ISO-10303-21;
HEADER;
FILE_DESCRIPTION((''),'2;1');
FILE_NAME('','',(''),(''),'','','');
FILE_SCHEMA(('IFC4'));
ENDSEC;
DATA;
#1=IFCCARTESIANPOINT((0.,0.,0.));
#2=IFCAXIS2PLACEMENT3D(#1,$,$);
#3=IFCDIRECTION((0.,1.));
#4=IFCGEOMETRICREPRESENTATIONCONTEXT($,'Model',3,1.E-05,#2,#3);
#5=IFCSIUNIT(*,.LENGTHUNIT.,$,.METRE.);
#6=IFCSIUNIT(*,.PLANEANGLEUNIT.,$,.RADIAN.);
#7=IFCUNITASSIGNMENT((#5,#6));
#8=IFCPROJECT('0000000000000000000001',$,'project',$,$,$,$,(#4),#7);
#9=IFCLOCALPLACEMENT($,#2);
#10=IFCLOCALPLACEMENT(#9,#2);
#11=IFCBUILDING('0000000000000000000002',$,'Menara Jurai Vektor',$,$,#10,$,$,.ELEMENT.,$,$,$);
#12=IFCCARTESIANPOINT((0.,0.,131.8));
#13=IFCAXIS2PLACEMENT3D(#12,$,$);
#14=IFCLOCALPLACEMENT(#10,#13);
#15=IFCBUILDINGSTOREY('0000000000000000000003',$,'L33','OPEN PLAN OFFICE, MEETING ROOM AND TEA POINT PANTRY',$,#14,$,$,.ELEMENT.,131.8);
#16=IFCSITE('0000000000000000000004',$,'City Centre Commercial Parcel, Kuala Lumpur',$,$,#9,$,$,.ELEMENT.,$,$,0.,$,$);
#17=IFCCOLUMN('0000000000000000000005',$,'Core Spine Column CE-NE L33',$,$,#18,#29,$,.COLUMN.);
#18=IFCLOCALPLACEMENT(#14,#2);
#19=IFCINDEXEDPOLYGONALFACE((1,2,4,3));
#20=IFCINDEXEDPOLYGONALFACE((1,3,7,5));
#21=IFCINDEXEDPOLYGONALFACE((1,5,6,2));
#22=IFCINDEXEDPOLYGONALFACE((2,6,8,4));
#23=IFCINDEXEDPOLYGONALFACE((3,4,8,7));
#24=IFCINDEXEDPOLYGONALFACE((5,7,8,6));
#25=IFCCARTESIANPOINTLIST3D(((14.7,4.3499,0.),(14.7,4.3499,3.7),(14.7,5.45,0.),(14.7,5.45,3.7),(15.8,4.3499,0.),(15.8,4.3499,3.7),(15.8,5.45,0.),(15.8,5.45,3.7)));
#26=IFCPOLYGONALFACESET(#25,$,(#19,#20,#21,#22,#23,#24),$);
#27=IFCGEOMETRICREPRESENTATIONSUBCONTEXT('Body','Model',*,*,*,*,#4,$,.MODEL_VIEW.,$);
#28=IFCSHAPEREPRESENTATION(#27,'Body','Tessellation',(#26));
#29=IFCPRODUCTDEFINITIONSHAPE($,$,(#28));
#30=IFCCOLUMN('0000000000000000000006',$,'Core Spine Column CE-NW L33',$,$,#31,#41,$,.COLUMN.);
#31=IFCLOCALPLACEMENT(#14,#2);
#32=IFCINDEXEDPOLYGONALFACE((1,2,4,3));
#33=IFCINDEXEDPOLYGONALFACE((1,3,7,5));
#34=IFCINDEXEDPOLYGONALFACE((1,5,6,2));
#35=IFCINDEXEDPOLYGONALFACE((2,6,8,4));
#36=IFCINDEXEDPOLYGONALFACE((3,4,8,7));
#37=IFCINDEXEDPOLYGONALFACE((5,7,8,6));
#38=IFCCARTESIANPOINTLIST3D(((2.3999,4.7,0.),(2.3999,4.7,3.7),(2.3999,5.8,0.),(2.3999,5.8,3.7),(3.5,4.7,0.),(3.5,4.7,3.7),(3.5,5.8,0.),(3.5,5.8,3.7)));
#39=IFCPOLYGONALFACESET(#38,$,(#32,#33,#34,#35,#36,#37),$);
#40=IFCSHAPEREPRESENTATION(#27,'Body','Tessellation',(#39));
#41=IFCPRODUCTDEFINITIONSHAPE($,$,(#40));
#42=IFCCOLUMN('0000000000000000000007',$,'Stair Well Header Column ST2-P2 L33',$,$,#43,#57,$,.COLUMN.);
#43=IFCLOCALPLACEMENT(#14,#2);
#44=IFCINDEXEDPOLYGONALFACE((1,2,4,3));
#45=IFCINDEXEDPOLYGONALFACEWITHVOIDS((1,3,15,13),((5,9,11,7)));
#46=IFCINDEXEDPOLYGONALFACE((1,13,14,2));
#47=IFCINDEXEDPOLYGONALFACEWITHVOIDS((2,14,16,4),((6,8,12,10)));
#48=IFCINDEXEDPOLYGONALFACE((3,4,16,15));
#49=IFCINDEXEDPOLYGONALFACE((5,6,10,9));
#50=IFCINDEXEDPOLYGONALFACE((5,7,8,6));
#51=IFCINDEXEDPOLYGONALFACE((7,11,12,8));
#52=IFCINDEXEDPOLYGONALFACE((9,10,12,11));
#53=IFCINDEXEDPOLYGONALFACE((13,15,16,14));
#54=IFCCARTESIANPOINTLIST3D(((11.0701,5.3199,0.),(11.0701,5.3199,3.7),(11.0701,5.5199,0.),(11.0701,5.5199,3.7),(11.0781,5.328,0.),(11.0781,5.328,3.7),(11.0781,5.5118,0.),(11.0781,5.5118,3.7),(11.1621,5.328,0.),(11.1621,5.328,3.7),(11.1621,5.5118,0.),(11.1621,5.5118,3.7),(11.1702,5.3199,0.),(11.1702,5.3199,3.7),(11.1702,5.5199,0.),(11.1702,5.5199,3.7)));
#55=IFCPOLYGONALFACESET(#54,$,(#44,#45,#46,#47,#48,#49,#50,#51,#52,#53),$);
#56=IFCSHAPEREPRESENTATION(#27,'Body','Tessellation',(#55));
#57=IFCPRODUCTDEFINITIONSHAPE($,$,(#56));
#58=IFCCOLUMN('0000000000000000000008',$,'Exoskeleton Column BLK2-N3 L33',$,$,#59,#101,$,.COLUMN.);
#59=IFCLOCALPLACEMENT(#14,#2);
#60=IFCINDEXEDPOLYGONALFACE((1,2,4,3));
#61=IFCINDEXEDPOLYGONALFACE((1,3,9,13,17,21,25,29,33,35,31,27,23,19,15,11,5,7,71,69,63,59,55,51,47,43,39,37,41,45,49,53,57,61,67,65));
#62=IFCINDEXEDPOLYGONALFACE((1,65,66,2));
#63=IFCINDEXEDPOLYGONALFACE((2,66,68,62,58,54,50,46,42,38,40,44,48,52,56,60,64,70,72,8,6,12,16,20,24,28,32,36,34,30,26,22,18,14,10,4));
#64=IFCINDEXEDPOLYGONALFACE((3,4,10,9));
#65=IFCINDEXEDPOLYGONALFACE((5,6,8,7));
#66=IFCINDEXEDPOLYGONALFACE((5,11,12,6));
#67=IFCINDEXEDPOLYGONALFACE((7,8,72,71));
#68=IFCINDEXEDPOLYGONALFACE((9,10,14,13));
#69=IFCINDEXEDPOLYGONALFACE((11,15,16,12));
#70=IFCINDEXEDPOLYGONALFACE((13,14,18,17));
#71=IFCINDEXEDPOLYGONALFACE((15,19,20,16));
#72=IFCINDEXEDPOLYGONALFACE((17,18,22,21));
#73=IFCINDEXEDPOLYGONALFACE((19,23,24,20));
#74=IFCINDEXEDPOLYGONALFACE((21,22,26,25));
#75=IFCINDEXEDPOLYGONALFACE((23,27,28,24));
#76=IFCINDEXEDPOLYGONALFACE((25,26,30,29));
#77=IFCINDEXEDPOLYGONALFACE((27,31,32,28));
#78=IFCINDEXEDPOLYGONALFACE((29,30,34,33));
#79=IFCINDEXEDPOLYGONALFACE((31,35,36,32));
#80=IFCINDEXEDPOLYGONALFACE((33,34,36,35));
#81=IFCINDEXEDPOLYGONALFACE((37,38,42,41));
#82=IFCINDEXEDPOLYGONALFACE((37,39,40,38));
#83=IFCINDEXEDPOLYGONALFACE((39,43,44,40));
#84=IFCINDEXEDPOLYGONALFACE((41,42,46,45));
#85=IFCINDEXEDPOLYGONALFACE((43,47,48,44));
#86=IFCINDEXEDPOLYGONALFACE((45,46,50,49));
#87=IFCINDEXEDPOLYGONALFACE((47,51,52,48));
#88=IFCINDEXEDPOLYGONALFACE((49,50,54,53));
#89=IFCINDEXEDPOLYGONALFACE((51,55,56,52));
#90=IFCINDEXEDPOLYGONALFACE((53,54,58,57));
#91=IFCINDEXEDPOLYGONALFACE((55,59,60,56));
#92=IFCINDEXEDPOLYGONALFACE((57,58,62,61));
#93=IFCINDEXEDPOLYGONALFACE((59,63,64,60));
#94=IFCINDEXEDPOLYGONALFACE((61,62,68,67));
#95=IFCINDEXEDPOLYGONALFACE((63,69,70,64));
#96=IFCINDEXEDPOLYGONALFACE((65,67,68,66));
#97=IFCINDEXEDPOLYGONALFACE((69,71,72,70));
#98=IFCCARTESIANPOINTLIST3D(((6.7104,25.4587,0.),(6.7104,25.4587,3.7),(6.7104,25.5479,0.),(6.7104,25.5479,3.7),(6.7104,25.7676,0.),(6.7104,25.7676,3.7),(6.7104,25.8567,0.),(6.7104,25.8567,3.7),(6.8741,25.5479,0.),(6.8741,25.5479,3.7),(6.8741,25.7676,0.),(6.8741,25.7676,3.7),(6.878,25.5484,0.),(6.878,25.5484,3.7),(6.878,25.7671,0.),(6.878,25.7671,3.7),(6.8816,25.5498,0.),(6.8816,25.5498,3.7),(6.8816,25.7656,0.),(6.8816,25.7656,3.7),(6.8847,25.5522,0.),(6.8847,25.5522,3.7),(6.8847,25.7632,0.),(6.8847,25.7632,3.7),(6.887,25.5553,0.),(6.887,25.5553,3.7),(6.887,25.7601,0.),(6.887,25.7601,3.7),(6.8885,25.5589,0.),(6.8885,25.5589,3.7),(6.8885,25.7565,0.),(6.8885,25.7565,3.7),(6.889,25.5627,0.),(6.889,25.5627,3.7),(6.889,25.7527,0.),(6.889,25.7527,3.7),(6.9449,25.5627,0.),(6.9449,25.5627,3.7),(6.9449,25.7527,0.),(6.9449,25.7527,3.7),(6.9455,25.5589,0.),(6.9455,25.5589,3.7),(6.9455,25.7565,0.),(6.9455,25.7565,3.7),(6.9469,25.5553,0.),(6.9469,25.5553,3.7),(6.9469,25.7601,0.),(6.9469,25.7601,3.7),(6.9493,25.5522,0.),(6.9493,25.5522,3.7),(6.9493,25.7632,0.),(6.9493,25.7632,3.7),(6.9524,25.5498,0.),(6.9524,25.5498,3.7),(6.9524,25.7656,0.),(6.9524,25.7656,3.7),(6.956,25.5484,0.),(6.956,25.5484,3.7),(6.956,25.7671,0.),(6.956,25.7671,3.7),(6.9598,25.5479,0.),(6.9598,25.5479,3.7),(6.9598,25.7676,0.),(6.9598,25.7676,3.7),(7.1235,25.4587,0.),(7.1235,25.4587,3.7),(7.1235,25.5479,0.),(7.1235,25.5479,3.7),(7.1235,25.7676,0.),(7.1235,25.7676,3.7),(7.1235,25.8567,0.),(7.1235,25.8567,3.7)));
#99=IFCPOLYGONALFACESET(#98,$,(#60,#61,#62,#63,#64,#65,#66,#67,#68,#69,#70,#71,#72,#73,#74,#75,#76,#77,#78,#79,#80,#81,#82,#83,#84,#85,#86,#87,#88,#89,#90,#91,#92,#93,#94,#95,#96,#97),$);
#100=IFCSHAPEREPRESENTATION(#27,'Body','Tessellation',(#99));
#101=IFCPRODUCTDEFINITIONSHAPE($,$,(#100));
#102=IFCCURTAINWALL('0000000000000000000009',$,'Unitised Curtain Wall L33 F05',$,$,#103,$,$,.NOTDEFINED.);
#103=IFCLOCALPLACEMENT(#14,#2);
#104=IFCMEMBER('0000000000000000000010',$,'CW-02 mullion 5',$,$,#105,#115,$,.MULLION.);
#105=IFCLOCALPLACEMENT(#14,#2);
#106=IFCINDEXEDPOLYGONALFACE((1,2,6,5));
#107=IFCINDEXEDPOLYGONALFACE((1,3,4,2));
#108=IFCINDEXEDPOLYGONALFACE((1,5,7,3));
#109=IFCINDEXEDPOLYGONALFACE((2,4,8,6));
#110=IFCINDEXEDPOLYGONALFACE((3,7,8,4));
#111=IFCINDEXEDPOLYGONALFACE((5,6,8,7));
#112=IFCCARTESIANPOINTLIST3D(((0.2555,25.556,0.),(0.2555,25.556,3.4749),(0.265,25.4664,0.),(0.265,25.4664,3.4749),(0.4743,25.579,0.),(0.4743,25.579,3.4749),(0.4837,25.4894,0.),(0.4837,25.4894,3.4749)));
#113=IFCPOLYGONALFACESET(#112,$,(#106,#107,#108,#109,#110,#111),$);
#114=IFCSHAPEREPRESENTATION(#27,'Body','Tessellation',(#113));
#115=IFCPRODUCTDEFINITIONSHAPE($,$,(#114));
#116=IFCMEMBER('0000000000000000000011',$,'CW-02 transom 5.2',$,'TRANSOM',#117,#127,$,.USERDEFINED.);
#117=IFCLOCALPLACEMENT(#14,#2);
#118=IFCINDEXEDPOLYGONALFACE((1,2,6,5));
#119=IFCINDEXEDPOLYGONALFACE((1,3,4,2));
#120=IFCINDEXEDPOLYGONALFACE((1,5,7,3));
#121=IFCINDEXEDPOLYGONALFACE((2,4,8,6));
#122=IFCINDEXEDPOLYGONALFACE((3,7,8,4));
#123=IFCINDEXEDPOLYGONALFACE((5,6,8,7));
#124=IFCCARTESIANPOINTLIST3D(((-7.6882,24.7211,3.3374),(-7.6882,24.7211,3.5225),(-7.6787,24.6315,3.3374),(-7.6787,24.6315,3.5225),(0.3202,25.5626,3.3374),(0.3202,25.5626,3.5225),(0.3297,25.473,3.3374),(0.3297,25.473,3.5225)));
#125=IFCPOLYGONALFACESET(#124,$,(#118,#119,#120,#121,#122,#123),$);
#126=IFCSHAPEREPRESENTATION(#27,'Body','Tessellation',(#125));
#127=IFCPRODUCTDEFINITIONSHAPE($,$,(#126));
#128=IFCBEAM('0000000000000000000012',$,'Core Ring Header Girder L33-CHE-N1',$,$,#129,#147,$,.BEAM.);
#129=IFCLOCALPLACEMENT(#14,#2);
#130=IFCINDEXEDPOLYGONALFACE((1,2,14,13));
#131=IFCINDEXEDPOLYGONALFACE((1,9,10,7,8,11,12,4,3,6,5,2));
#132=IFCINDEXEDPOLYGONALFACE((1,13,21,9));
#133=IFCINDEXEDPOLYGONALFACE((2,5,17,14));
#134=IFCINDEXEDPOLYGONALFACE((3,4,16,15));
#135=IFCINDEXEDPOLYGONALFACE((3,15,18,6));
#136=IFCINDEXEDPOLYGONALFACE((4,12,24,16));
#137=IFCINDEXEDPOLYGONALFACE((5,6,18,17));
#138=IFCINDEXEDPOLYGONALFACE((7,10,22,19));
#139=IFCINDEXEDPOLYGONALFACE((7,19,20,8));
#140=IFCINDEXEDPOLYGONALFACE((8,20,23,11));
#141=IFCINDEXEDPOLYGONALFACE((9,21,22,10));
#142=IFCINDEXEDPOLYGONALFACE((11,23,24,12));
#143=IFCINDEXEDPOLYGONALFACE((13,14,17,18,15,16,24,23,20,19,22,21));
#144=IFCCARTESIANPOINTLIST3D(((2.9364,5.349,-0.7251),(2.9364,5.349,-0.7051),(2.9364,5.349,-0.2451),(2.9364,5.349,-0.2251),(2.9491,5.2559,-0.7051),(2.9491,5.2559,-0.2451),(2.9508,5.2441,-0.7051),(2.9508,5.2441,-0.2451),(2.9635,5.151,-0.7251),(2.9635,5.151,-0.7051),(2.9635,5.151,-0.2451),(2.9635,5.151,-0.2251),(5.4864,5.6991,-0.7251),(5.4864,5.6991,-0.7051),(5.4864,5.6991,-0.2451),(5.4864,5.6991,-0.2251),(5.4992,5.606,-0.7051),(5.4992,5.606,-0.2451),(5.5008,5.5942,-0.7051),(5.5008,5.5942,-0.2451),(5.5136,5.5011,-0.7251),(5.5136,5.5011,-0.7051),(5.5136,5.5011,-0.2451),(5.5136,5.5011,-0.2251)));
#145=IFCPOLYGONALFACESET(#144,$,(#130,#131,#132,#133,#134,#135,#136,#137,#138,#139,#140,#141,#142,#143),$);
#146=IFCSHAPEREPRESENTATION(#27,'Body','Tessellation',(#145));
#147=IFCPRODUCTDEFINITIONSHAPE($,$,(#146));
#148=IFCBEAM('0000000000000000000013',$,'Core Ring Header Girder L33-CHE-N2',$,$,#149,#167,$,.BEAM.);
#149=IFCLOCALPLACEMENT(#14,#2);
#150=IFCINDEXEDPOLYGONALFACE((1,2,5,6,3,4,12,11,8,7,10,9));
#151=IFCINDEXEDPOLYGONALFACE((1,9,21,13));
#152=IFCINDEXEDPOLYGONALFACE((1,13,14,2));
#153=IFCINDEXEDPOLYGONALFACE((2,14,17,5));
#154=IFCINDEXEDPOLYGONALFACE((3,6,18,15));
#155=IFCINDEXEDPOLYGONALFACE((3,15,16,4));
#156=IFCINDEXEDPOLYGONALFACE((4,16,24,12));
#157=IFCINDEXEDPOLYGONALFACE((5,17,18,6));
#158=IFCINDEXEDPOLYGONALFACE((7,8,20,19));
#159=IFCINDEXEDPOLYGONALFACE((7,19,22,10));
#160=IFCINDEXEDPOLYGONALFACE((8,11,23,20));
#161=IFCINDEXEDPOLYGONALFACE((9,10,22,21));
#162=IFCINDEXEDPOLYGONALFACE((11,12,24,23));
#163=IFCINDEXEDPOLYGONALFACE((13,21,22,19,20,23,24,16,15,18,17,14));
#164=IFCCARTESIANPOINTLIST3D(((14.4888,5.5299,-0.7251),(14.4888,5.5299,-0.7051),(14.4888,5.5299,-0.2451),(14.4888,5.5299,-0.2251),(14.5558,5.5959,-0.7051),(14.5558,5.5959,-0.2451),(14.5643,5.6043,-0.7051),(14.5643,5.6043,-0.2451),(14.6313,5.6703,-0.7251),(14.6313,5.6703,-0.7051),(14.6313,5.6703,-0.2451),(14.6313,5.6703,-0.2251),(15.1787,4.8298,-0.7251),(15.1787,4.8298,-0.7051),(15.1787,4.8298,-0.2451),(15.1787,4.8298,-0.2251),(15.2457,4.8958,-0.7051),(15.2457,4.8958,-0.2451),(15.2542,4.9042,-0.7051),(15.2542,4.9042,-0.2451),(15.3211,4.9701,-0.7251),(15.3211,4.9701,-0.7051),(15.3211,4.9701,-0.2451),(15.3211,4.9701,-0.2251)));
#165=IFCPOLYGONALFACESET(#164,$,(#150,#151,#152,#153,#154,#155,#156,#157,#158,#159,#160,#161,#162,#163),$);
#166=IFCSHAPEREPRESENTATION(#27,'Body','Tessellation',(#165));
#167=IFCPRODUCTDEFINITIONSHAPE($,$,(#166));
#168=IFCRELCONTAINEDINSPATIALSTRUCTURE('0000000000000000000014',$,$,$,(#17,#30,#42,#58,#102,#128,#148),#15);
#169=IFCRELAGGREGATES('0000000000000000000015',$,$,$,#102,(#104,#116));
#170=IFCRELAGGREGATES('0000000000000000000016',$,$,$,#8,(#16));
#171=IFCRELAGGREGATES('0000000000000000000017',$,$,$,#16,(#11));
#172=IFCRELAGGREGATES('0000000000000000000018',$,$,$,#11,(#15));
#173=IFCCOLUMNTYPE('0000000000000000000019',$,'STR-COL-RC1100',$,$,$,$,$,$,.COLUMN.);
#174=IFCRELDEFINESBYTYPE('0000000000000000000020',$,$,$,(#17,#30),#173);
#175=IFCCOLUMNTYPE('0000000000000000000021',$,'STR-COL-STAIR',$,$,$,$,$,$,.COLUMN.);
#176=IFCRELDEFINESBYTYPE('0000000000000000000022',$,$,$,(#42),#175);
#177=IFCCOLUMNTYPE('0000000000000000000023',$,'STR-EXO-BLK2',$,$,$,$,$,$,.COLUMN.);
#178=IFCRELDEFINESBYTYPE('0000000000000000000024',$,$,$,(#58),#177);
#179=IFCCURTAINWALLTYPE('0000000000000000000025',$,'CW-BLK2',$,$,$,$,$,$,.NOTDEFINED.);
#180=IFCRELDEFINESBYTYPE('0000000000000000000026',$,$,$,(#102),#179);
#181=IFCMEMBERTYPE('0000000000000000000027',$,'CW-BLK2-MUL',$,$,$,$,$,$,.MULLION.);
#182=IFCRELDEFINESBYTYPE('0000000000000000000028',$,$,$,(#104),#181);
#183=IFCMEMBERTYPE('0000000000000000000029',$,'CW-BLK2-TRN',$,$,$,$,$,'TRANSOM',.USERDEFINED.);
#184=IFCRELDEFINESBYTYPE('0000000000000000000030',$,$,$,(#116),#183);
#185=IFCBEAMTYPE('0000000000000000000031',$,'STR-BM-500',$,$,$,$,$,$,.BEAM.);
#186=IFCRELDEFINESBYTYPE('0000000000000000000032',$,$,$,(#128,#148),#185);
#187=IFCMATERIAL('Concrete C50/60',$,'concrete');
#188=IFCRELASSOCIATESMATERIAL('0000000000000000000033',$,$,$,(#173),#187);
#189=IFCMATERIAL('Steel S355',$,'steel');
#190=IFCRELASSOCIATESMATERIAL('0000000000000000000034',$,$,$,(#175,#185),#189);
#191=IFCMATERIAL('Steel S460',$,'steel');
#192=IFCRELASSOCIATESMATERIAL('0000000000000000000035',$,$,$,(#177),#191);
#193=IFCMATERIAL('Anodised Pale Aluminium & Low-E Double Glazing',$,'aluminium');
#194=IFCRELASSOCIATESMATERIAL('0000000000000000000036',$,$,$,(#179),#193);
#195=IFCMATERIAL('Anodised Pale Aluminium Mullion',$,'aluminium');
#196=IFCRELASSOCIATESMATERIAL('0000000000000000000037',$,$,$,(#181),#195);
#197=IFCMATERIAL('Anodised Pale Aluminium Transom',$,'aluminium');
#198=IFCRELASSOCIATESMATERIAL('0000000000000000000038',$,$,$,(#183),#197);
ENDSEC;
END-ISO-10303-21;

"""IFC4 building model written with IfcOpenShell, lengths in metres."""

from ifc_helpers import new_model, si_unit, direction, frame, origin, origin_2d, place, context, subcontext, project, spatial, rectangle, hollow_rectangle, i_section, extrude, material, material_profile, profile_set, type_object, element, aggregate, save


model = new_model("IFC4")

# Units and contexts
model_context = context("Model", 3, precision=1e-05, world=origin(), true_north=direction((0.0, 1.0)))
body_context = subcontext(model_context, "Body", "Model", "MODEL_VIEW")
ifc_project = project(units=[si_unit("LENGTHUNIT", "METRE"), si_unit("PLANEANGLEUNIT", "RADIAN")], contexts=[model_context])

# Site, building, storey
site_placement = place(None, origin())
site = spatial("IfcSite", under=ifc_project, at=site_placement, Name="City Centre Commercial Parcel, Kuala Lumpur", CompositionType="ELEMENT", RefElevation=0.0)
building_placement = place(site_placement, origin())
building = spatial("IfcBuilding", under=site, at=building_placement, Name="Menara Jurai Vektor", CompositionType="ELEMENT")
storey_placement = place(building_placement, frame((0.0, 0.0, 131.8)))
storey = spatial("IfcBuildingStorey", under=building, at=storey_placement, Name="L33", Description="OPEN PLAN OFFICE, MEETING ROOM AND TEA POINT PANTRY", CompositionType="ELEMENT", Elevation=131.8)

# Columns
ifc_material_1 = material(Name="Concrete C50/60", Category="concrete")
ifc_material_profile_1 = material_profile(ifc_material_1, rectangle(XDim=1.1001, YDim=1.1001, at=origin_2d()), Name="RC 1100x1100")
ifc_profile_set_1 = profile_set([ifc_material_profile_1], Name="Concrete C50/60")
column_type_1 = type_object("IfcColumnType", Name="STR-COL-RC1100", PredefinedType="COLUMN", material=ifc_profile_set_1)
for number, where, z_axis, x_axis, name in (
    (1, (15.25, 4.8999, 0.0), (0.0, 0.0, 1.0), (1.0, 0.0, 0.0), "Core Spine Column CE-NE L33"),
    (2, (2.95, 5.25, 0.0), (0.0, 0.0, 1.0), (1.0, 0.0, 0.0), "Core Spine Column CE-NW L33"),
):
    element("IfcColumn", number, at=place(storey_placement, frame(where, z_axis=z_axis, x_axis=x_axis)), inside=storey, type_object=column_type_1, Name=name, PredefinedType="COLUMN", context=body_context, shape_type="SweptSolid", body=[
        extrude(rectangle(XDim=1.1001, YDim=1.1001, at=origin_2d()), origin(), (0.0, 0.0, 1.0), 3.7),
    ])
ifc_material_2 = material(Name="Steel S355", Category="steel")
ifc_material_profile_2 = material_profile(ifc_material_2, hollow_rectangle(XDim=0.1001, YDim=0.2, WallThickness=0.0081, at=origin_2d()), Name="RHS 200x100x8")
ifc_profile_set_2 = profile_set([ifc_material_profile_2], Name="Steel S355")
column_type_2 = type_object("IfcColumnType", Name="STR-COL-STAIR", PredefinedType="COLUMN", material=ifc_profile_set_2)
column_1_placement = place(storey_placement, frame((11.1201, 5.4199, 0.0), z_axis=(0.0, 0.0, 1.0), x_axis=(1.0, 0.0, 0.0)))
element("IfcColumn", 3, at=column_1_placement, inside=storey, type_object=column_type_2, Name="Stair Well Header Column ST2-P2 L33", PredefinedType="COLUMN", context=body_context, shape_type="SweptSolid", body=[
    extrude(hollow_rectangle(XDim=0.1001, YDim=0.2, WallThickness=0.0081, at=origin_2d()), origin(), (0.0, 0.0, 1.0), 3.7),
])
ifc_material_3 = material(Name="Steel S460", Category="steel")
ifc_material_profile_3 = material_profile(ifc_material_3, i_section(OverallWidth=0.4131, OverallDepth=0.3979, WebThickness=0.0559, FlangeThickness=0.0891, FilletRadius=0.0149, at=origin_2d()), Name="HD 400x744")
ifc_profile_set_3 = profile_set([ifc_material_profile_3], Name="Steel S460")
column_type_3 = type_object("IfcColumnType", Name="STR-EXO-BLK2", PredefinedType="COLUMN", material=ifc_profile_set_3)
column_2_placement = place(storey_placement, frame((6.917, 25.6577, 0.0), z_axis=(0.0, 0.0, 1.0), x_axis=(1.0, 0.0, 0.0)))
element("IfcColumn", 4, at=column_2_placement, inside=storey, type_object=column_type_3, Name="Exoskeleton Column BLK2-N3 L33", PredefinedType="COLUMN", context=body_context, shape_type="SweptSolid", body=[
    extrude(i_section(OverallWidth=0.4131, OverallDepth=0.3979, WebThickness=0.0559, FlangeThickness=0.0891, FilletRadius=0.0149, at=origin_2d()), origin(), (0.0, 0.0, 1.0), 3.7),
])

# Curtain wall, members
ifc_material_4 = material(Name="Anodised Pale Aluminium & Low-E Double Glazing", Category="aluminium")
curtain_wall_type = type_object("IfcCurtainWallType", Name="CW-BLK2", PredefinedType="NOTDEFINED", material=ifc_material_4)
curtain_wall_placement = place(storey_placement, origin())
curtain_wall = element("IfcCurtainWall", 5, at=curtain_wall_placement, inside=storey, type_object=curtain_wall_type, Name="Unitised Curtain Wall L33 F05", PredefinedType="NOTDEFINED")
ifc_material_5 = material(Name="Anodised Pale Aluminium Mullion", Category="aluminium")
ifc_material_profile_4 = material_profile(ifc_material_5, rectangle(XDim=0.0901, YDim=0.22, at=origin_2d()), Name="ALU MUL 90x220")
ifc_profile_set_4 = profile_set([ifc_material_profile_4], Name="Anodised Pale Aluminium Mullion")
member_type_1 = type_object("IfcMemberType", Name="CW-BLK2-MUL", PredefinedType="MULLION", material=ifc_profile_set_4)
member_1_placement = place(storey_placement, frame((0.3696, 25.5227, 0.0), z_axis=(0.0, 0.0, 1.0), x_axis=(0.104529, -0.994522, 0.0)))
member_1 = element("IfcMember", 6, at=member_1_placement, type_object=member_type_1, Name="CW-02 mullion 5", PredefinedType="MULLION", context=body_context, shape_type="SweptSolid", body=[
    extrude(rectangle(XDim=0.0901, YDim=0.22, at=origin_2d()), origin(), (0.0, 0.0, 1.0), 3.4749),
])
ifc_material_6 = material(Name="Anodised Pale Aluminium Transom", Category="aluminium")
ifc_material_profile_5 = material_profile(ifc_material_6, rectangle(XDim=0.0901, YDim=0.1851, at=origin_2d()), Name="ALU TRN 90x185")
ifc_profile_set_5 = profile_set([ifc_material_profile_5], Name="Anodised Pale Aluminium Transom")
member_type_2 = type_object("IfcMemberType", Name="CW-BLK2-TRN", ElementType="TRANSOM", PredefinedType="USERDEFINED", material=ifc_profile_set_5)
member_2_placement = place(storey_placement, frame((0.325, 25.5178, 3.4299), z_axis=(-0.994524, -0.10451, 0.0), x_axis=(0.10451, -0.994524, 0.0)))
member_2 = element("IfcMember", 7, at=member_2_placement, type_object=member_type_2, Name="CW-02 transom 5.2", ObjectType="TRANSOM", PredefinedType="USERDEFINED", context=body_context, shape_type="SweptSolid", body=[
    extrude(rectangle(XDim=0.0901, YDim=0.1851, at=origin_2d()), origin(), (0.0, 0.0, 1.0), 8.0525),
])
aggregate(curtain_wall, [member_1, member_2])

# Beams
ifc_material_profile_6 = material_profile(ifc_material_2, i_section(OverallWidth=0.2, OverallDepth=0.5, WebThickness=0.012, FlangeThickness=0.02, at=origin_2d()), Name="PG 500x200x96")
ifc_profile_set_6 = profile_set([ifc_material_profile_6], Name="Steel S355")
beam_type_1 = type_object("IfcBeamType", Name="STR-BM-500", PredefinedType="BEAM", material=ifc_profile_set_6)
beam_1_placement = place(storey_placement, frame((2.95, 5.25, -0.4751), z_axis=(0.990707, 0.136015, 0.0), x_axis=(-0.136015, 0.990707, 0.0)))
element("IfcBeam", 8, at=beam_1_placement, inside=storey, type_object=beam_type_1, Name="Core Ring Header Girder L33-CHE-N1", PredefinedType="BEAM", context=body_context, shape_type="SweptSolid", body=[
    extrude(i_section(OverallWidth=0.2, OverallDepth=0.5, WebThickness=0.012, FlangeThickness=0.02, at=origin_2d()), origin(), (0.0, 0.0, 1.0), 2.574),
])
beam_2_placement = place(storey_placement, frame((14.5601, 5.6001, -0.4751), z_axis=(0.701872, -0.712303, 0.0), x_axis=(0.712303, 0.701872, 0.0)))
element("IfcBeam", 9, at=beam_2_placement, inside=storey, type_object=beam_type_1, Name="Core Ring Header Girder L33-CHE-N2", PredefinedType="BEAM", context=body_context, shape_type="SweptSolid", body=[
    extrude(i_section(OverallWidth=0.2, OverallDepth=0.5, WebThickness=0.012, FlangeThickness=0.02, at=origin_2d()), origin(), (0.0, 0.0, 1.0), 0.9829),
])

save(model, "model.ifc")
